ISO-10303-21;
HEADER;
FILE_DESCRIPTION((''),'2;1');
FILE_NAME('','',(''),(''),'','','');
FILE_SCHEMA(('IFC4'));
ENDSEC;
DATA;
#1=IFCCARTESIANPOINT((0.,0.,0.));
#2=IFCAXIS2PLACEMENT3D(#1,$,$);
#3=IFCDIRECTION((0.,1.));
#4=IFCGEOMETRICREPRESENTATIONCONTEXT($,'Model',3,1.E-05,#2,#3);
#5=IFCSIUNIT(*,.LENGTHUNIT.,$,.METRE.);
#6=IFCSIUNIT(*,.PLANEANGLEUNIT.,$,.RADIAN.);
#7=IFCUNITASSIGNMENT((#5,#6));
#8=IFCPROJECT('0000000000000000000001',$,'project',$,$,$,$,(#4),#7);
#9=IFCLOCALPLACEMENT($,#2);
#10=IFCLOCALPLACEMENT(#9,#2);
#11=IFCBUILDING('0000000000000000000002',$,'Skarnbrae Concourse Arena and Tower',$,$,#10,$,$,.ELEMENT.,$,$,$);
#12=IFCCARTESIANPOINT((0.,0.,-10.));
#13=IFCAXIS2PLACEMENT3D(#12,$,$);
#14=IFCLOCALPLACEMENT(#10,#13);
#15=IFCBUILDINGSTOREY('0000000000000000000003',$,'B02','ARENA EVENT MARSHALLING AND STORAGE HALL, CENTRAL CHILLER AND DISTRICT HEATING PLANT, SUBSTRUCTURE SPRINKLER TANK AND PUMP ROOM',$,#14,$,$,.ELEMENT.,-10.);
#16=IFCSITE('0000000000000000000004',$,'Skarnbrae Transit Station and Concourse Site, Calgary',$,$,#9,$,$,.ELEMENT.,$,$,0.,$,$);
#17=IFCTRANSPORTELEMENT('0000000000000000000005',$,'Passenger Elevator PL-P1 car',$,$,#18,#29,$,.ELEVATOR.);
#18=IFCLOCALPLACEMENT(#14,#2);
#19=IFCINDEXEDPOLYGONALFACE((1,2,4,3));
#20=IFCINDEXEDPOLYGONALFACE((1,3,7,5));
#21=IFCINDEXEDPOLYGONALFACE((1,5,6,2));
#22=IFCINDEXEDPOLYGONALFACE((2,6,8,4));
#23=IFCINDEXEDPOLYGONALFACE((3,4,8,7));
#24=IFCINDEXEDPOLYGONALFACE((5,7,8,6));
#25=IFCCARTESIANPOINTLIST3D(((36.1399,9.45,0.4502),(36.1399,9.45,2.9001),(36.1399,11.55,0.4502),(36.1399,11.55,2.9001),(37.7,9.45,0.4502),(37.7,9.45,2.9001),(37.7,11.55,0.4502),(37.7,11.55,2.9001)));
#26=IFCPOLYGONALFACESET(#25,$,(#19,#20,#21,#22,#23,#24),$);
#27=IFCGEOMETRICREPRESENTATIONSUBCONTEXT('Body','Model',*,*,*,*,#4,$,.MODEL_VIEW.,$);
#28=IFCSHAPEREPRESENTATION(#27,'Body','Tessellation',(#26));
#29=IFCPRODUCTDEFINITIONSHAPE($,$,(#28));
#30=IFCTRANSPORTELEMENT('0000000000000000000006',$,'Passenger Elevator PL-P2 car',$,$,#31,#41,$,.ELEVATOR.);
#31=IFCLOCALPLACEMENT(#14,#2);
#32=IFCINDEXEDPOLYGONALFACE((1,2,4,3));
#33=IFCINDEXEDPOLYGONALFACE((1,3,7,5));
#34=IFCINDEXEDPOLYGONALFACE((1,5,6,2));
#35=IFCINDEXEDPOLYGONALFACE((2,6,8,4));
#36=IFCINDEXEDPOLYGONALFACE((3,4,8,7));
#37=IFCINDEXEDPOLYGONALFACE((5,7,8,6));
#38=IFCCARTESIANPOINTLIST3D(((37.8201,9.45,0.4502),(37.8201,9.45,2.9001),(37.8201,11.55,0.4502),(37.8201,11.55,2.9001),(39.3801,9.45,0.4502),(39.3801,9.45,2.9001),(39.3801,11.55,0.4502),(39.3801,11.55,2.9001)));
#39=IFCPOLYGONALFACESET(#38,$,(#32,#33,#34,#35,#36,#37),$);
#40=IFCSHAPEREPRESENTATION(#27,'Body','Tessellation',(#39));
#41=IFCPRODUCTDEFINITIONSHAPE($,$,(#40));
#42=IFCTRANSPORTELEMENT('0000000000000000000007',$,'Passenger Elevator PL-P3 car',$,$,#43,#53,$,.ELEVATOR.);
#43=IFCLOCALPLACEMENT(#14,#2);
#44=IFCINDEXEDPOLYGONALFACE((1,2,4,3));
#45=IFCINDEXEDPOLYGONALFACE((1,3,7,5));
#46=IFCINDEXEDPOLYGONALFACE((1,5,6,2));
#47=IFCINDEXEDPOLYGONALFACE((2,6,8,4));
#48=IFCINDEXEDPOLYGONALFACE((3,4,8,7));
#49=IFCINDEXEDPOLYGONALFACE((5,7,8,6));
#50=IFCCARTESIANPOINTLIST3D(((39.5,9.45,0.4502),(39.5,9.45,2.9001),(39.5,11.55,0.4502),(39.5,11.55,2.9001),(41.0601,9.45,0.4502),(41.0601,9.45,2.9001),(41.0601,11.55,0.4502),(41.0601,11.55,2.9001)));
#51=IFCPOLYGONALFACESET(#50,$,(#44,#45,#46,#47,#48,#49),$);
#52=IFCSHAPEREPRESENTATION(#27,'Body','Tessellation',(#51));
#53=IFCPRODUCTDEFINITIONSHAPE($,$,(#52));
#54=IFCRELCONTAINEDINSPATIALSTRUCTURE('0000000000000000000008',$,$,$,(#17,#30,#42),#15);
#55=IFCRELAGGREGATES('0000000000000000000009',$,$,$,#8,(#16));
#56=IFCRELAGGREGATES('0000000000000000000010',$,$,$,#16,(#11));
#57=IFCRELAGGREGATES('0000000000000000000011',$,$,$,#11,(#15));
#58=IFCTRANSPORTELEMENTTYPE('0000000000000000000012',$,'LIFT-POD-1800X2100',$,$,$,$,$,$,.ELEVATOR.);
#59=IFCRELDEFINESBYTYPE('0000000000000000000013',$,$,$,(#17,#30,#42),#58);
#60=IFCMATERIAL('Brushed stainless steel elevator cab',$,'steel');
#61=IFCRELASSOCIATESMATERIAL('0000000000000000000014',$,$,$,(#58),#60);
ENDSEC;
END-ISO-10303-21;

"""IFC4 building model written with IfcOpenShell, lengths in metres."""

from ifc_helpers import new_model, si_unit, direction, frame, origin, origin_2d, place, context, subcontext, project, spatial, rectangle, extrude, source, transform, mapped, material, type_object, element, save


model = new_model("IFC4")

# Units and contexts
model_context = context("Model", 3, precision=1e-05, world=origin(), true_north=direction((0.0, 1.0)))
body_context = subcontext(model_context, "Body", "Model", "MODEL_VIEW")
ifc_project = project(units=[si_unit("LENGTHUNIT", "METRE"), si_unit("PLANEANGLEUNIT", "RADIAN")], contexts=[model_context])

# Site, building, storey
site_placement = place(None, origin())
site = spatial("IfcSite", under=ifc_project, at=site_placement, Name="Skarnbrae Transit Station and Concourse Site, Calgary", CompositionType="ELEMENT", RefElevation=0.0)
building_placement = place(site_placement, origin())
building = spatial("IfcBuilding", under=site, at=building_placement, Name="Skarnbrae Concourse Arena and Tower", CompositionType="ELEMENT")
storey_placement = place(building_placement, frame((0.0, 0.0, -10.0)))
storey = spatial("IfcBuildingStorey", under=building, at=storey_placement, Name="B02", Description="ARENA EVENT MARSHALLING AND STORAGE HALL, CENTRAL CHILLER AND DISTRICT HEATING PLANT, SUBSTRUCTURE SPRINKLER TANK AND PUMP ROOM", CompositionType="ELEMENT", Elevation=-10.0)

# Transport elements
ifc_material_1 = material(Name="Brushed stainless steel elevator cab", Category="steel")
transport_element_type = type_object("IfcTransportElementType", Name="LIFT-POD-1800X2100", PredefinedType="ELEVATOR", material=ifc_material_1)
shared_shape_1 = source(origin(), body_context, "Body", "SweptSolid", [
    extrude(rectangle(XDim=1.5601, YDim=2.1001, at=origin_2d()), origin(), (0.0, 0.0, 1.0), 2.45),
])
for number, where, z_axis, x_axis, name in (
    (1, (36.9199, 10.5, 0.4502), (0.0, 0.0, 1.0), (1.0, 0.0, 0.0), "Passenger Elevator PL-P1 car"),
    (2, (38.6001, 10.5, 0.4502), (0.0, 0.0, 1.0), (1.0, 0.0, 0.0), "Passenger Elevator PL-P2 car"),
    (3, (40.28, 10.5, 0.4502), (0.0, 0.0, 1.0), (1.0, 0.0, 0.0), "Passenger Elevator PL-P3 car"),
):
    element("IfcTransportElement", number, at=place(storey_placement, frame(where, z_axis=z_axis, x_axis=x_axis)), inside=storey, type_object=transport_element_type, Name=name, PredefinedType="ELEVATOR", context=body_context, shape_type="MappedRepresentation", body=[
        mapped(shared_shape_1, transform((0.0, 0.0, 0.0))),
    ])

save(model, "model.ifc")
